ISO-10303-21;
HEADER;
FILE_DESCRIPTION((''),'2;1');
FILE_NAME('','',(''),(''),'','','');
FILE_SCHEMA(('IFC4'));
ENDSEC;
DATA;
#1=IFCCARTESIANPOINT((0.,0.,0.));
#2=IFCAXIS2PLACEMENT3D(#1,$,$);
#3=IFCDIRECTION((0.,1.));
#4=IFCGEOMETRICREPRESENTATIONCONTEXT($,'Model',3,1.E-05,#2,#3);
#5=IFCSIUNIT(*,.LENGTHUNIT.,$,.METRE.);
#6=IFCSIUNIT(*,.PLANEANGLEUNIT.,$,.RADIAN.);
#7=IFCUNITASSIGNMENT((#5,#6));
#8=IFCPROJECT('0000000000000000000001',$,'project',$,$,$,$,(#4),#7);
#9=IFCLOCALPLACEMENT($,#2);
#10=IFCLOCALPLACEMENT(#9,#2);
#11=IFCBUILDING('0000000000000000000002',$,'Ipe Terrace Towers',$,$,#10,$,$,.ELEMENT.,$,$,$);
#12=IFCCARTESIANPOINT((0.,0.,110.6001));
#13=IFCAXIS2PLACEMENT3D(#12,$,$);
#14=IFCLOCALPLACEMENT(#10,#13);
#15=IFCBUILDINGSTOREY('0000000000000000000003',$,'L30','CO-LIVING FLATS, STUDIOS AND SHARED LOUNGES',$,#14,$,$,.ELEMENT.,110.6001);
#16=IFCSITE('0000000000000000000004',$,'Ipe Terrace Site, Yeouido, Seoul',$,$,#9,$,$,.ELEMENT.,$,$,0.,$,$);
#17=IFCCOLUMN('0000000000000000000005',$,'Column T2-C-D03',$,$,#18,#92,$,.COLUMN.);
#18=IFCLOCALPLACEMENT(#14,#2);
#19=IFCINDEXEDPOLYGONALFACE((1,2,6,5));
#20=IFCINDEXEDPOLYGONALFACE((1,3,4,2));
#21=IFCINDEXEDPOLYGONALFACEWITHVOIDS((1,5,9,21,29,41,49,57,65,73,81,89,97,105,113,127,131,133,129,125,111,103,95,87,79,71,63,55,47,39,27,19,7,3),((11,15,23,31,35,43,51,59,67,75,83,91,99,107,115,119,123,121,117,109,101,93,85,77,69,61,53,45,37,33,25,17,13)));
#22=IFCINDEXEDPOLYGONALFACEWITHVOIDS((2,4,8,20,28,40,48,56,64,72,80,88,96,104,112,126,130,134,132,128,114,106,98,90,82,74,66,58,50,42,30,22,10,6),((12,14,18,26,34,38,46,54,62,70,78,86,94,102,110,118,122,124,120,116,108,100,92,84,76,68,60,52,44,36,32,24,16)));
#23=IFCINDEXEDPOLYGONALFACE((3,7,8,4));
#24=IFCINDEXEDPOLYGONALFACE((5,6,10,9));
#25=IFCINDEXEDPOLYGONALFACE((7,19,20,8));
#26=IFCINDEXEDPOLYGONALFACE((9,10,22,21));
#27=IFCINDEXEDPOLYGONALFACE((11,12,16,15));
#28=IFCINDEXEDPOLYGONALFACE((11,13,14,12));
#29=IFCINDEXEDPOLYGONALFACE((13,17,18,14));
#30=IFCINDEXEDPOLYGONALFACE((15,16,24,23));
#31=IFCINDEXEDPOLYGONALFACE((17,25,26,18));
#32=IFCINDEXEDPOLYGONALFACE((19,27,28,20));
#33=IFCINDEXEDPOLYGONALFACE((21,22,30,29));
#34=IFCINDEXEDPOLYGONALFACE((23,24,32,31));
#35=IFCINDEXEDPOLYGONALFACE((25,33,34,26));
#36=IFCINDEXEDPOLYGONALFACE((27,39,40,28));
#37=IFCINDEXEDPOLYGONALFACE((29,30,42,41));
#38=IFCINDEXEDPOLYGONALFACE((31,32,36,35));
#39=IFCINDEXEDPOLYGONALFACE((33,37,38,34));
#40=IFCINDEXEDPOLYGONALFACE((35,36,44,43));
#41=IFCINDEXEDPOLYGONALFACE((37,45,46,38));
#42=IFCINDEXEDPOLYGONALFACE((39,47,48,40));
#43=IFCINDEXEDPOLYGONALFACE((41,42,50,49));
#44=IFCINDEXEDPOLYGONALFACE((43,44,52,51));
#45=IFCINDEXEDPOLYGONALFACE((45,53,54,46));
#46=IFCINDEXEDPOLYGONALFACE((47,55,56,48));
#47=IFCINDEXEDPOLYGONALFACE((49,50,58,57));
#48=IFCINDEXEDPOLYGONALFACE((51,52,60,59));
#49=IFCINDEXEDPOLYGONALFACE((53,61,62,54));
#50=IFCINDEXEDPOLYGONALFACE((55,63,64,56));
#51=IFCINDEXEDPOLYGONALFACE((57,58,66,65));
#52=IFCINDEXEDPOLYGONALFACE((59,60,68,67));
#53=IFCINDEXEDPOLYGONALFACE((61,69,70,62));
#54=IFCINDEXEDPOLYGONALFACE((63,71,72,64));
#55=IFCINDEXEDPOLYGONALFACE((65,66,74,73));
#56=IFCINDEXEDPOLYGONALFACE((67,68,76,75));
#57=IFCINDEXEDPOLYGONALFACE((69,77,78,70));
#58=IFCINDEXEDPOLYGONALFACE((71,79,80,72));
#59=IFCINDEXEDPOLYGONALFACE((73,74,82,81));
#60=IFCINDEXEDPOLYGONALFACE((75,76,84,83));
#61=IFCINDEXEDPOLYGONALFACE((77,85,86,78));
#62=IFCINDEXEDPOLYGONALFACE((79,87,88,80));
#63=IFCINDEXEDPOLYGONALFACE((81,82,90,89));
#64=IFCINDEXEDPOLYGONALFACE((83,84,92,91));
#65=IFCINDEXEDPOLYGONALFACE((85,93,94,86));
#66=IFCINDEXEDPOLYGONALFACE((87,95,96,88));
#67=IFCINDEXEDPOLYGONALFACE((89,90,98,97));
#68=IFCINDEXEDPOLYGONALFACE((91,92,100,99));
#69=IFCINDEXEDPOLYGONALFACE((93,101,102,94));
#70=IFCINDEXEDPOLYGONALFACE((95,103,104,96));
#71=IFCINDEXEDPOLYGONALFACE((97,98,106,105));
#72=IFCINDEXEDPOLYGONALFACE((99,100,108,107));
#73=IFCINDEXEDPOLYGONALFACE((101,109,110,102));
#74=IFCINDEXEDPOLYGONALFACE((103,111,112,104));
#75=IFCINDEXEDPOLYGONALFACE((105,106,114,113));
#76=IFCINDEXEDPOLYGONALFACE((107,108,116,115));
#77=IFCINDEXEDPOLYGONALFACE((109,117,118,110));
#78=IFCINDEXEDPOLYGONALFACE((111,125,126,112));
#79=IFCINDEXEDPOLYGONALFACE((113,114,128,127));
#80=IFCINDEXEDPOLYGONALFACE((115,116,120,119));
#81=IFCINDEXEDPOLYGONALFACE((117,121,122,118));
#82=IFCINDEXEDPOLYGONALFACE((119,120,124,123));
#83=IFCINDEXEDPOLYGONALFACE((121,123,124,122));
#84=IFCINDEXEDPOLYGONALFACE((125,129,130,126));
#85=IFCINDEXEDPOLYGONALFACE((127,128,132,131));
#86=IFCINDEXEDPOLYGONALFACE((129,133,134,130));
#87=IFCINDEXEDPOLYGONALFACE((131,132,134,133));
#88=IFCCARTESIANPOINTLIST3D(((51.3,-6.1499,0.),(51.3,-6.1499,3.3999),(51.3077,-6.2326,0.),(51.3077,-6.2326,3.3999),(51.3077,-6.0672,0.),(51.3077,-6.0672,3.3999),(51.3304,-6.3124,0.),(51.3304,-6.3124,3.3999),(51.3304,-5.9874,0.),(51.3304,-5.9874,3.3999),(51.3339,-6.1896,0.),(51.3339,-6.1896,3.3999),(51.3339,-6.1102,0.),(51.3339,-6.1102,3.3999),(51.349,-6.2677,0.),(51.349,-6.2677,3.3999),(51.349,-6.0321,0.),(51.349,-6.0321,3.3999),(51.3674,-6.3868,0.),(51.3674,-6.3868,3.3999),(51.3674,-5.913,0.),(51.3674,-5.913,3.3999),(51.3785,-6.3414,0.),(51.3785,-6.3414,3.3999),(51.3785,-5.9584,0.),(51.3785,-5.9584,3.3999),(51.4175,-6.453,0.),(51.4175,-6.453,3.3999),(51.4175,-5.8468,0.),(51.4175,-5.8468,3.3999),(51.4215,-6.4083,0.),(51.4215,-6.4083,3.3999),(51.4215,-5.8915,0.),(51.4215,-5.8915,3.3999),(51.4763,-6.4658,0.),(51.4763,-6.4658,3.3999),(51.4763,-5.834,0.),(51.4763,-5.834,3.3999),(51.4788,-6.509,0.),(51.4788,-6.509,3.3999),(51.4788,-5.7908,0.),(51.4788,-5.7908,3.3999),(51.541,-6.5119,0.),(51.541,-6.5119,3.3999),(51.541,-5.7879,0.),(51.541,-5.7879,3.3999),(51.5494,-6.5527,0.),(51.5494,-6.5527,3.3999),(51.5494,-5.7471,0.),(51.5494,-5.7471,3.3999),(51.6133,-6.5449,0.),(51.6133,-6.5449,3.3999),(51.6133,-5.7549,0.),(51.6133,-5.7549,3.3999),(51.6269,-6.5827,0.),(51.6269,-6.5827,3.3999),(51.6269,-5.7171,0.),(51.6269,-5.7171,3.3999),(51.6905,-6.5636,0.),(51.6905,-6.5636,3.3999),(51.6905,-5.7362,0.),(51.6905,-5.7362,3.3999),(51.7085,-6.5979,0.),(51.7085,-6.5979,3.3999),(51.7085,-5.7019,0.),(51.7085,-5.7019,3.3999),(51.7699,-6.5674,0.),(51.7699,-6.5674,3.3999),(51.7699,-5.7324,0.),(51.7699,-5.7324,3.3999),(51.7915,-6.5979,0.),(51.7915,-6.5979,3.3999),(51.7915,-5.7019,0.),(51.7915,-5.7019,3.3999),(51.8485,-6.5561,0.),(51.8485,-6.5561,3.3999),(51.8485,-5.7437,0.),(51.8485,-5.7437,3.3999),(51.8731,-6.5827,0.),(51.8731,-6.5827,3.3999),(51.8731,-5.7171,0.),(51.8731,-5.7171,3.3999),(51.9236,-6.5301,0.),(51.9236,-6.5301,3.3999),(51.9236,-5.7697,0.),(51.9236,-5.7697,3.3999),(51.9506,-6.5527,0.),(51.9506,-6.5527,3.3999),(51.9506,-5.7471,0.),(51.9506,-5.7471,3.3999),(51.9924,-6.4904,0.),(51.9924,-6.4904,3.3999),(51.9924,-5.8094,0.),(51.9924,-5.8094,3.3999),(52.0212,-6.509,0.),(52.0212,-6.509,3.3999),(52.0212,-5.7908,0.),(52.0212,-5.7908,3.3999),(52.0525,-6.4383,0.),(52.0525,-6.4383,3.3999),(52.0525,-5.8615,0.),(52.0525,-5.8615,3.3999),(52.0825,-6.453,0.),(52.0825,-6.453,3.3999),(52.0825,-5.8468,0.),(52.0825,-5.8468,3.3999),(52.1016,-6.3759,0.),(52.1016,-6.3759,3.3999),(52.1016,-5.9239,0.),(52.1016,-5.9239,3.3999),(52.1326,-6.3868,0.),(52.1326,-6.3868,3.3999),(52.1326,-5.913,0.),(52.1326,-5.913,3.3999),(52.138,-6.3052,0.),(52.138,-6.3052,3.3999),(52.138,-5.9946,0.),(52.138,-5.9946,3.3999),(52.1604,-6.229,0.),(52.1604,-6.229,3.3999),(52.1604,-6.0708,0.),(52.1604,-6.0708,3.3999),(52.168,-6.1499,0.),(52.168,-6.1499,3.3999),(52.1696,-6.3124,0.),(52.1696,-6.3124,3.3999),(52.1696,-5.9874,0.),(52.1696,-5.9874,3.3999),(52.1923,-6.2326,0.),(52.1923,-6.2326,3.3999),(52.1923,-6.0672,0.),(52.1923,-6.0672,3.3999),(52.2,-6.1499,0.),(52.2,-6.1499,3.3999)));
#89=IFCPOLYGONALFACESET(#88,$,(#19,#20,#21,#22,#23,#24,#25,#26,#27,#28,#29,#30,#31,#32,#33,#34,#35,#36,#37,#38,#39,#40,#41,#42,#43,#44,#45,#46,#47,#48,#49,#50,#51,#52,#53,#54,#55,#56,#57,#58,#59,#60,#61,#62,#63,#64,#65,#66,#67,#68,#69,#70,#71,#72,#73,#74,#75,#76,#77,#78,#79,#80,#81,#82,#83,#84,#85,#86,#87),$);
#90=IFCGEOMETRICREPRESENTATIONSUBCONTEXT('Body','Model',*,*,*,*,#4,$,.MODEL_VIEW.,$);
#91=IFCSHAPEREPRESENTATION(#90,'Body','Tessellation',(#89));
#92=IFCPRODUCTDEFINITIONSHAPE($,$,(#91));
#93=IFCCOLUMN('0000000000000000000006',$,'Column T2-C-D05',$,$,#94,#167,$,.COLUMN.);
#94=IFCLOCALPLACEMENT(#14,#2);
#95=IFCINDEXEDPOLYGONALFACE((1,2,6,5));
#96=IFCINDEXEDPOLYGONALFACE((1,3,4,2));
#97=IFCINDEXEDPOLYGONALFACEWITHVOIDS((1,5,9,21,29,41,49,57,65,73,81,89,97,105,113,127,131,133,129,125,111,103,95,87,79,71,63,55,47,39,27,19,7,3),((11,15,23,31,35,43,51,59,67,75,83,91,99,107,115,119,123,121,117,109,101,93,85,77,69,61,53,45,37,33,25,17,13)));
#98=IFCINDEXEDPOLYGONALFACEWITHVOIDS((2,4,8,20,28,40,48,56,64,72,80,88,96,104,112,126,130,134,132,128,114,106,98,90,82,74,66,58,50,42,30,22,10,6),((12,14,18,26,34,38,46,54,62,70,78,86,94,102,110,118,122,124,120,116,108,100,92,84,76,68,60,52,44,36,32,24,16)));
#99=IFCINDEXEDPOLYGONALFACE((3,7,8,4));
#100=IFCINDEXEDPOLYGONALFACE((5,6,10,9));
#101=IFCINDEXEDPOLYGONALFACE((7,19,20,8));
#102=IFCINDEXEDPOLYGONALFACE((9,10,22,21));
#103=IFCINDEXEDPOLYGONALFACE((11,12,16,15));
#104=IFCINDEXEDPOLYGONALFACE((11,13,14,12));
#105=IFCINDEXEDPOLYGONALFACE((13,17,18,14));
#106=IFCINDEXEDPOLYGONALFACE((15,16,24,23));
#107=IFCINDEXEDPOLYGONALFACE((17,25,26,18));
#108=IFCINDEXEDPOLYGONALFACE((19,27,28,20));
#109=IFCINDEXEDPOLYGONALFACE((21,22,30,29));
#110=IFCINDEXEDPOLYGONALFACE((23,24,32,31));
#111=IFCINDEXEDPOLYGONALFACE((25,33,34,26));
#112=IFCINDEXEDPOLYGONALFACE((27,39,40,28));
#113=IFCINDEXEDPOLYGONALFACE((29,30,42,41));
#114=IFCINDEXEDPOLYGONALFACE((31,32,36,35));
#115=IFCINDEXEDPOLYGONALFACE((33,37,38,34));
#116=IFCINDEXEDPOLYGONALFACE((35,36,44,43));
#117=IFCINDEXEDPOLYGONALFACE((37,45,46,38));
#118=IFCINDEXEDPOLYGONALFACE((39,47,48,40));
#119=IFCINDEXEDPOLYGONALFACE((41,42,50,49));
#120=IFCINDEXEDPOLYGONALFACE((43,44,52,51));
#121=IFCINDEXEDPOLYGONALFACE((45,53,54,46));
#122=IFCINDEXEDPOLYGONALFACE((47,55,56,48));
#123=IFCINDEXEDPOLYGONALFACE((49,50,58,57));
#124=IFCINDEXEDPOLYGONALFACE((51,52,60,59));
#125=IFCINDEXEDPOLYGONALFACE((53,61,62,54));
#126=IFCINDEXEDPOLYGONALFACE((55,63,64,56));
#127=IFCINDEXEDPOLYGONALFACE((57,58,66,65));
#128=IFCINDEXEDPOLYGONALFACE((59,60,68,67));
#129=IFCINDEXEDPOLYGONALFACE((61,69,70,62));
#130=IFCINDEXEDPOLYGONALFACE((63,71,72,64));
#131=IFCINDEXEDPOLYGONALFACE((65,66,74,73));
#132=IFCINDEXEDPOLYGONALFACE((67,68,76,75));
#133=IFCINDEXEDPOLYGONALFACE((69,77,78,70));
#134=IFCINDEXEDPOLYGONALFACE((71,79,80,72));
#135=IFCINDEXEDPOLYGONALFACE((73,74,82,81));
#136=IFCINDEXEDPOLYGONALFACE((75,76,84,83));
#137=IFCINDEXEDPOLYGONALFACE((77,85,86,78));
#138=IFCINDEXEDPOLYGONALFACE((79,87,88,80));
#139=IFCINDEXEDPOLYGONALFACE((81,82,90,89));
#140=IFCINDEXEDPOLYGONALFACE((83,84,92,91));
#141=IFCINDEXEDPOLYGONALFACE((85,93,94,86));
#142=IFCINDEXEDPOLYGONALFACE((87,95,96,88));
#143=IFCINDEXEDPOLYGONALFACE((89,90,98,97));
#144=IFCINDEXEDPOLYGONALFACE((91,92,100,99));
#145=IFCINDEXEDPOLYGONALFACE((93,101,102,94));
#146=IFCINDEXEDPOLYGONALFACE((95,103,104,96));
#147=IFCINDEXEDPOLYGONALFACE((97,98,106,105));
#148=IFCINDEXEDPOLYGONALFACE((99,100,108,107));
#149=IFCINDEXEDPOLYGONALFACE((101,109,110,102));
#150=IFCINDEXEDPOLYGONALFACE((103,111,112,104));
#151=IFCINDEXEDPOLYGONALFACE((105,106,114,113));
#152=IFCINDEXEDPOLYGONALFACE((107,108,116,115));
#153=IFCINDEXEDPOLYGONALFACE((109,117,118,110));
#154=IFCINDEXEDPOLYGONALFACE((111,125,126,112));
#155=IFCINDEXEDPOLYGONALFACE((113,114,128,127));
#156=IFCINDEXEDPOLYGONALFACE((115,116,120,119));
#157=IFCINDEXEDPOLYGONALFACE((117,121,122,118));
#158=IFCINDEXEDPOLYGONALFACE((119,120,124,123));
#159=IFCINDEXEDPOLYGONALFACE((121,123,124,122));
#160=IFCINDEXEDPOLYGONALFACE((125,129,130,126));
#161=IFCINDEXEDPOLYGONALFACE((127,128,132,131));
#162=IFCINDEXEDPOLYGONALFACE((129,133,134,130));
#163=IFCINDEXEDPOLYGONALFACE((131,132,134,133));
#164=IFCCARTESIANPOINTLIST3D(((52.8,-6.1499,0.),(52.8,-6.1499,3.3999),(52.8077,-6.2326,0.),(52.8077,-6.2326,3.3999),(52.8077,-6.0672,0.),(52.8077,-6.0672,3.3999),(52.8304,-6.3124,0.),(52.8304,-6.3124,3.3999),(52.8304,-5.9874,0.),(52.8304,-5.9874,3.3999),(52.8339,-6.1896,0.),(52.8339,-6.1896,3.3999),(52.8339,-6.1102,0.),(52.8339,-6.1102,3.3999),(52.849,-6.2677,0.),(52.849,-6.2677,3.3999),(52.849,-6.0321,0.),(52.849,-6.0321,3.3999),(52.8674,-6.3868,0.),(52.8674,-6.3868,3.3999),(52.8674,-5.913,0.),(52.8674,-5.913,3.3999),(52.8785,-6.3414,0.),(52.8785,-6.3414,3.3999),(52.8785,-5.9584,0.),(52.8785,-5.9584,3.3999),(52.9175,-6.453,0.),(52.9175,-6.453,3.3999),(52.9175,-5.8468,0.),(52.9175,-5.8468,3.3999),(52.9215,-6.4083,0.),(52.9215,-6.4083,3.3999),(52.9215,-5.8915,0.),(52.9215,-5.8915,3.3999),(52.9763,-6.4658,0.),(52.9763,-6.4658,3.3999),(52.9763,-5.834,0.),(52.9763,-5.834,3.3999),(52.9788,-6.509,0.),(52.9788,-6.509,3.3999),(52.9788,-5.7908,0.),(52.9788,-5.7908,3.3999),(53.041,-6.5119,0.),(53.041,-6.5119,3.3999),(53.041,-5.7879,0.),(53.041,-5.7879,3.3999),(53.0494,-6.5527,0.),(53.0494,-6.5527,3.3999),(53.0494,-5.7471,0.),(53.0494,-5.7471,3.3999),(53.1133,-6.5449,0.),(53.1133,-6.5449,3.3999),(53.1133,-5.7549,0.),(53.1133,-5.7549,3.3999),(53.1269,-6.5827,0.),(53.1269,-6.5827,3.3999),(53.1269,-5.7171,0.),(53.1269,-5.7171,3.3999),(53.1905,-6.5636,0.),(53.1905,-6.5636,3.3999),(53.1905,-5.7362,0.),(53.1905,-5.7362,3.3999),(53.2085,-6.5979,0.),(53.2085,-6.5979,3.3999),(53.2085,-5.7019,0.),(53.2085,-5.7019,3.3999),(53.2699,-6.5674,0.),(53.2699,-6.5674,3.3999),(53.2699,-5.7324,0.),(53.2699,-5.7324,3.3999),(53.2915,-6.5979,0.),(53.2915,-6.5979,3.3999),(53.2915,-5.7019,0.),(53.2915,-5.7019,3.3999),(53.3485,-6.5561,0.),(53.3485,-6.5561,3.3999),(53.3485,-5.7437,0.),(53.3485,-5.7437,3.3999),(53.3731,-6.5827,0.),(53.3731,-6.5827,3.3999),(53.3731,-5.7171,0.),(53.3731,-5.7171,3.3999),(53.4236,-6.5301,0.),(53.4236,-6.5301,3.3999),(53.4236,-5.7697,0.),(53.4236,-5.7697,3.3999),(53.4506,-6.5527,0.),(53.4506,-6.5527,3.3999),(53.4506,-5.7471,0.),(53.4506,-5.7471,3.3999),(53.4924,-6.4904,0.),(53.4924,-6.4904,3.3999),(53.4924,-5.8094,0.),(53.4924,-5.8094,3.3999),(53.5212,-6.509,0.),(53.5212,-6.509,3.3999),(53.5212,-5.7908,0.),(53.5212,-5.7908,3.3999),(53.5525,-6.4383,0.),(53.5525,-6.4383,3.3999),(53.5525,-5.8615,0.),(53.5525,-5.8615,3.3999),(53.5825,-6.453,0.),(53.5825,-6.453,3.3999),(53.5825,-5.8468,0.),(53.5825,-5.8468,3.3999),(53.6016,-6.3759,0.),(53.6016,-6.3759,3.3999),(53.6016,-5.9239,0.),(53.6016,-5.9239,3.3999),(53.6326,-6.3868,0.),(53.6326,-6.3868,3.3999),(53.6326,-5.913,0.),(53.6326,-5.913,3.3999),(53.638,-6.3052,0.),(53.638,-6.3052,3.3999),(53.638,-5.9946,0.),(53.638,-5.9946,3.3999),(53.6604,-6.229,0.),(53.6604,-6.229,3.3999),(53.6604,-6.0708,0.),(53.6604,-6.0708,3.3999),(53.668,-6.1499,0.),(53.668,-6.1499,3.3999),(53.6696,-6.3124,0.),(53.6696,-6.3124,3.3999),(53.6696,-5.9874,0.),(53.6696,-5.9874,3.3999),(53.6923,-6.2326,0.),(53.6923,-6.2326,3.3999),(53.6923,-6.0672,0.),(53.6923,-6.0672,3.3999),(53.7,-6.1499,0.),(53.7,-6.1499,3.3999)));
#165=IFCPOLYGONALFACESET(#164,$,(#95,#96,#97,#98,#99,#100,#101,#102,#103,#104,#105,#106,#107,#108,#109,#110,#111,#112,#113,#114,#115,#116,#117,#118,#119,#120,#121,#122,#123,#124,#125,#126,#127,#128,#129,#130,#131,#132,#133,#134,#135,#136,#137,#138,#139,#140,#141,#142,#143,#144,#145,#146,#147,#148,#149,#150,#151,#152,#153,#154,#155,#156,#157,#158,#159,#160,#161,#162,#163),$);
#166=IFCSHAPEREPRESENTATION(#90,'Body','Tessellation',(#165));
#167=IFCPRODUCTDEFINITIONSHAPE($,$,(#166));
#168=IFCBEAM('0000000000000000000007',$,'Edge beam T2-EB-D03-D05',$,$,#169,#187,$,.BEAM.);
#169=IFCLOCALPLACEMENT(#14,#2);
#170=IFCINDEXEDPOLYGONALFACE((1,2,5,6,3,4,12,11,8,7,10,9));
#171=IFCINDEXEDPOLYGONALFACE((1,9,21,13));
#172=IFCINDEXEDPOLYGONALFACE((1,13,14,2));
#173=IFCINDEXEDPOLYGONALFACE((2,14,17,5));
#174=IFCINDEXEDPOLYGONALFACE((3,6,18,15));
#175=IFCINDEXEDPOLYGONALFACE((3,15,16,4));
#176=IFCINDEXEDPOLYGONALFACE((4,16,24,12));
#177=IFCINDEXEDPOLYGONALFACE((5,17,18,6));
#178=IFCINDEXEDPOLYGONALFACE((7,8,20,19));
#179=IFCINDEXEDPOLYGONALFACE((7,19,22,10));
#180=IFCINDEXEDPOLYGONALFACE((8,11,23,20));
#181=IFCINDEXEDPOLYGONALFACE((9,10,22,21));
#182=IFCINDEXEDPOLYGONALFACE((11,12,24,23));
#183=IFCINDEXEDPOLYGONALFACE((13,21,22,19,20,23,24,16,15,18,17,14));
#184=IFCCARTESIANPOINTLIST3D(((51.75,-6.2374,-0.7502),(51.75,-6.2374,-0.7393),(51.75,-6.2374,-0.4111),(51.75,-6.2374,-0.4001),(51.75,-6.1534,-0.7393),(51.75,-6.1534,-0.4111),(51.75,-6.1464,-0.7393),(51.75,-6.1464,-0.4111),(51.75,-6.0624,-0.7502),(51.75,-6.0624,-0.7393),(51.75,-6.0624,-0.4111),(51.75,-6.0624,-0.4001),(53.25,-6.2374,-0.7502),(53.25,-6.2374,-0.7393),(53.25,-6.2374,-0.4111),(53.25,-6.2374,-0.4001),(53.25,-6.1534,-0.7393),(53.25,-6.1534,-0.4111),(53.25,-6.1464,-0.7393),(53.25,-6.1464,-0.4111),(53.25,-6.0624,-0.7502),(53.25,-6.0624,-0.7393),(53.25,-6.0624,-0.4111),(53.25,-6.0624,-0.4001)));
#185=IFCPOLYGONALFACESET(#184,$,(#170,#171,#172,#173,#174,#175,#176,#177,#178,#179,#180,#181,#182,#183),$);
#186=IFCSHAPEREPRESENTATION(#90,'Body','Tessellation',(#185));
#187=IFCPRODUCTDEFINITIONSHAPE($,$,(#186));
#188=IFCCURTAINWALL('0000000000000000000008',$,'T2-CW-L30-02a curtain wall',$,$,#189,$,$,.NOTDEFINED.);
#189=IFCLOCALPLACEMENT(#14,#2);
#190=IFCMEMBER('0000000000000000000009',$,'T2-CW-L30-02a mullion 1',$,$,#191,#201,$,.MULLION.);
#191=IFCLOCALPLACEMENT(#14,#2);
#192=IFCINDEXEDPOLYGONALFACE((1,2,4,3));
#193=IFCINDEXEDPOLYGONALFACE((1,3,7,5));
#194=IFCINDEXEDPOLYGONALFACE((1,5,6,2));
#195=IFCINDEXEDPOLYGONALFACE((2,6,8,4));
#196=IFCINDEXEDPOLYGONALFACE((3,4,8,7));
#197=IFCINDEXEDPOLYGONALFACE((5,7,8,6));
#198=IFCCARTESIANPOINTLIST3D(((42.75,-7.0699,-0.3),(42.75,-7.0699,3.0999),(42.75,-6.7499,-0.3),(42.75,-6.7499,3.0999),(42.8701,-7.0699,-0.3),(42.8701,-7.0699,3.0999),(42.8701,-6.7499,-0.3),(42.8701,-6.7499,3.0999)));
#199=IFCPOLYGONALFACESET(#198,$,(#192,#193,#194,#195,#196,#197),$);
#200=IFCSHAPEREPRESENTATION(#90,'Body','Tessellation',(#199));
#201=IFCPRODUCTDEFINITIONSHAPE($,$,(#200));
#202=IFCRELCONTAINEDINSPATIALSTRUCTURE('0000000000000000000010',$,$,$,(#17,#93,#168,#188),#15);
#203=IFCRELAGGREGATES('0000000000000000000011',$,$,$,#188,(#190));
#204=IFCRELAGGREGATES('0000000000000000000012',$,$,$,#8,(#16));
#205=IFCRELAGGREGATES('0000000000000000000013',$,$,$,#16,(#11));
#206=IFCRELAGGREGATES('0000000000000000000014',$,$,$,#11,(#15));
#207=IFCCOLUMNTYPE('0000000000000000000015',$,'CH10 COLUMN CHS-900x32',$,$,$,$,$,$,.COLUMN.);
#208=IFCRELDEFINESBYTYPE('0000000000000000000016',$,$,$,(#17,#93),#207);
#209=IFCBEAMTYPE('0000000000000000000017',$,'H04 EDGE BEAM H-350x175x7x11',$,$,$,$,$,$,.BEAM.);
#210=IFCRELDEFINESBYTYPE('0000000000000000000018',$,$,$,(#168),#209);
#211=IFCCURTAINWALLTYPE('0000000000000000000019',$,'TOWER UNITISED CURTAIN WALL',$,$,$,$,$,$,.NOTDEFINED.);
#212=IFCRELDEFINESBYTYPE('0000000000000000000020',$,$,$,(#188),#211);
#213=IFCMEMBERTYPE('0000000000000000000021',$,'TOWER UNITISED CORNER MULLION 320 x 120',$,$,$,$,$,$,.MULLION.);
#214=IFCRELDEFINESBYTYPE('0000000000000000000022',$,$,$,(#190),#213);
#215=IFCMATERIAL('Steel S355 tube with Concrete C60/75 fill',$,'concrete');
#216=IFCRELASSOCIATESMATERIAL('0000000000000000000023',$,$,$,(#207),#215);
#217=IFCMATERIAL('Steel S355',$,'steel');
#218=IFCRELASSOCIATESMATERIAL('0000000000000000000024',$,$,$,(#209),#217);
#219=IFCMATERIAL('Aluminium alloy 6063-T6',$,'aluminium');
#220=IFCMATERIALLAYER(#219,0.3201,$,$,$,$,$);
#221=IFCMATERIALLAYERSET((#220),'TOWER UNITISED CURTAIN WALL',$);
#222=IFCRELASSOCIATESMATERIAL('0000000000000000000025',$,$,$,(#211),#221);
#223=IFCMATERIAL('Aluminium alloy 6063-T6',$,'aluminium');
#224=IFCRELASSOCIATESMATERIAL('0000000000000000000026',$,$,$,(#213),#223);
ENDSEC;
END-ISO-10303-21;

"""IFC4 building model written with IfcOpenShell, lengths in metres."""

from ifc_helpers import new_model, si_unit, direction, frame, origin, origin_2d, place, context, subcontext, project, spatial, rectangle, hollow_circle, i_section, extrude, material, layer, layer_set, material_profile, profile_set, type_object, element, aggregate, save


model = new_model("IFC4")

# Units and contexts
model_context = context("Model", 3, precision=1e-05, world=origin(), true_north=direction((0.0, 1.0)))
body_context = subcontext(model_context, "Body", "Model", "MODEL_VIEW")
ifc_project = project(units=[si_unit("LENGTHUNIT", "METRE"), si_unit("PLANEANGLEUNIT", "RADIAN")], contexts=[model_context])

# Site, building, storey
site_placement = place(None, origin())
site = spatial("IfcSite", under=ifc_project, at=site_placement, Name="Ipe Terrace Site, Yeouido, Seoul", CompositionType="ELEMENT", RefElevation=0.0)
building_placement = place(site_placement, origin())
building = spatial("IfcBuilding", under=site, at=building_placement, Name="Ipe Terrace Towers", CompositionType="ELEMENT")
storey_placement = place(building_placement, frame((0.0, 0.0, 110.6001)))
storey = spatial("IfcBuildingStorey", under=building, at=storey_placement, Name="L30", Description="CO-LIVING FLATS, STUDIOS AND SHARED LOUNGES", CompositionType="ELEMENT", Elevation=110.6001)

# Columns
ifc_material_1 = material(Name="Steel S355 tube with Concrete C60/75 fill", Category="concrete")
ifc_material_profile_1 = material_profile(ifc_material_1, hollow_circle(Radius=0.45, WallThickness=0.032, at=origin_2d()), Name="CHS-900x32")
ifc_profile_set_1 = profile_set([ifc_material_profile_1], Name="Steel S355 tube with Concrete C60/75 fill")
column_type = type_object("IfcColumnType", Name="CH10 COLUMN CHS-900x32", PredefinedType="COLUMN", material=ifc_profile_set_1)
for number, where, z_axis, x_axis, name in (
    (1, (51.75, -6.1499, 0.0), (0.0, 0.0, 1.0), (1.0, 0.0, 0.0), "Column T2-C-D03"),
    (2, (53.25, -6.1499, 0.0), (0.0, 0.0, 1.0), (1.0, 0.0, 0.0), "Column T2-C-D05"),
):
    element("IfcColumn", number, at=place(storey_placement, frame(where, z_axis=z_axis, x_axis=x_axis)), inside=storey, type_object=column_type, Name=name, PredefinedType="COLUMN", context=body_context, shape_type="SweptSolid", body=[
        extrude(hollow_circle(Radius=0.45, WallThickness=0.032, at=origin_2d()), origin(), (0.0, 0.0, 1.0), 3.3999),
    ])

# Beam
ifc_material_2 = material(Name="Steel S355", Category="steel")
ifc_material_profile_2 = material_profile(ifc_material_2, i_section(OverallWidth=0.175, OverallDepth=0.3501, WebThickness=0.0071, FlangeThickness=0.011, at=origin_2d()), Name="H-350x175x7x11")
ifc_profile_set_2 = profile_set([ifc_material_profile_2], Name="Steel S355")
beam_type = type_object("IfcBeamType", Name="H04 EDGE BEAM H-350x175x7x11", PredefinedType="BEAM", material=ifc_profile_set_2)
beam_placement = place(storey_placement, frame((51.75, -6.1499, -0.5752), z_axis=(1.0, 0.0, 0.0), x_axis=(0.0, 1.0, 0.0)))
element("IfcBeam", 3, at=beam_placement, inside=storey, type_object=beam_type, Name="Edge beam T2-EB-D03-D05", PredefinedType="BEAM", context=body_context, shape_type="SweptSolid", body=[
    extrude(i_section(OverallWidth=0.175, OverallDepth=0.3501, WebThickness=0.0071, FlangeThickness=0.011, at=origin_2d()), origin(), (0.0, 0.0, 1.0), 1.5),
])

# Curtain wall, member
ifc_material_3 = material(Name="Aluminium alloy 6063-T6", Category="aluminium")
ifc_layer_1 = layer(ifc_material_3, 0.3201)
ifc_layer_set_1 = layer_set([ifc_layer_1], Name="TOWER UNITISED CURTAIN WALL")
curtain_wall_type = type_object("IfcCurtainWallType", Name="TOWER UNITISED CURTAIN WALL", PredefinedType="NOTDEFINED", material=ifc_layer_set_1)
curtain_wall_1_placement = place(storey_placement, origin())
curtain_wall_1 = element("IfcCurtainWall", 4, at=curtain_wall_1_placement, inside=storey, type_object=curtain_wall_type, Name="T2-CW-L30-02a curtain wall", PredefinedType="NOTDEFINED")
ifc_material_4 = material(Name="Aluminium alloy 6063-T6", Category="aluminium")
ifc_material_profile_3 = material_profile(ifc_material_4, rectangle(XDim=0.3201, YDim=0.1201, at=origin_2d()), Name="TOWER UNITISED CORNER MULLION 320 x 120")
ifc_profile_set_3 = profile_set([ifc_material_profile_3], Name="Aluminium alloy 6063-T6")
member_type_1 = type_object("IfcMemberType", Name="TOWER UNITISED CORNER MULLION 320 x 120", PredefinedType="MULLION", material=ifc_profile_set_3)
member_1_placement = place(storey_placement, frame((42.8101, -6.9099, -0.3), z_axis=(0.0, 0.0, 1.0), x_axis=(0.0, -1.0, 0.0)))
member_1 = element("IfcMember", 5, at=member_1_placement, type_object=member_type_1, Name="T2-CW-L30-02a mullion 1", PredefinedType="MULLION", context=body_context, shape_type="SweptSolid", body=[
    extrude(rectangle(XDim=0.3201, YDim=0.1201, at=origin_2d()), origin(), (0.0, 0.0, 1.0), 3.3999),
])

aggregate(curtain_wall_1, [member_1])

save(model, "model.ifc")
